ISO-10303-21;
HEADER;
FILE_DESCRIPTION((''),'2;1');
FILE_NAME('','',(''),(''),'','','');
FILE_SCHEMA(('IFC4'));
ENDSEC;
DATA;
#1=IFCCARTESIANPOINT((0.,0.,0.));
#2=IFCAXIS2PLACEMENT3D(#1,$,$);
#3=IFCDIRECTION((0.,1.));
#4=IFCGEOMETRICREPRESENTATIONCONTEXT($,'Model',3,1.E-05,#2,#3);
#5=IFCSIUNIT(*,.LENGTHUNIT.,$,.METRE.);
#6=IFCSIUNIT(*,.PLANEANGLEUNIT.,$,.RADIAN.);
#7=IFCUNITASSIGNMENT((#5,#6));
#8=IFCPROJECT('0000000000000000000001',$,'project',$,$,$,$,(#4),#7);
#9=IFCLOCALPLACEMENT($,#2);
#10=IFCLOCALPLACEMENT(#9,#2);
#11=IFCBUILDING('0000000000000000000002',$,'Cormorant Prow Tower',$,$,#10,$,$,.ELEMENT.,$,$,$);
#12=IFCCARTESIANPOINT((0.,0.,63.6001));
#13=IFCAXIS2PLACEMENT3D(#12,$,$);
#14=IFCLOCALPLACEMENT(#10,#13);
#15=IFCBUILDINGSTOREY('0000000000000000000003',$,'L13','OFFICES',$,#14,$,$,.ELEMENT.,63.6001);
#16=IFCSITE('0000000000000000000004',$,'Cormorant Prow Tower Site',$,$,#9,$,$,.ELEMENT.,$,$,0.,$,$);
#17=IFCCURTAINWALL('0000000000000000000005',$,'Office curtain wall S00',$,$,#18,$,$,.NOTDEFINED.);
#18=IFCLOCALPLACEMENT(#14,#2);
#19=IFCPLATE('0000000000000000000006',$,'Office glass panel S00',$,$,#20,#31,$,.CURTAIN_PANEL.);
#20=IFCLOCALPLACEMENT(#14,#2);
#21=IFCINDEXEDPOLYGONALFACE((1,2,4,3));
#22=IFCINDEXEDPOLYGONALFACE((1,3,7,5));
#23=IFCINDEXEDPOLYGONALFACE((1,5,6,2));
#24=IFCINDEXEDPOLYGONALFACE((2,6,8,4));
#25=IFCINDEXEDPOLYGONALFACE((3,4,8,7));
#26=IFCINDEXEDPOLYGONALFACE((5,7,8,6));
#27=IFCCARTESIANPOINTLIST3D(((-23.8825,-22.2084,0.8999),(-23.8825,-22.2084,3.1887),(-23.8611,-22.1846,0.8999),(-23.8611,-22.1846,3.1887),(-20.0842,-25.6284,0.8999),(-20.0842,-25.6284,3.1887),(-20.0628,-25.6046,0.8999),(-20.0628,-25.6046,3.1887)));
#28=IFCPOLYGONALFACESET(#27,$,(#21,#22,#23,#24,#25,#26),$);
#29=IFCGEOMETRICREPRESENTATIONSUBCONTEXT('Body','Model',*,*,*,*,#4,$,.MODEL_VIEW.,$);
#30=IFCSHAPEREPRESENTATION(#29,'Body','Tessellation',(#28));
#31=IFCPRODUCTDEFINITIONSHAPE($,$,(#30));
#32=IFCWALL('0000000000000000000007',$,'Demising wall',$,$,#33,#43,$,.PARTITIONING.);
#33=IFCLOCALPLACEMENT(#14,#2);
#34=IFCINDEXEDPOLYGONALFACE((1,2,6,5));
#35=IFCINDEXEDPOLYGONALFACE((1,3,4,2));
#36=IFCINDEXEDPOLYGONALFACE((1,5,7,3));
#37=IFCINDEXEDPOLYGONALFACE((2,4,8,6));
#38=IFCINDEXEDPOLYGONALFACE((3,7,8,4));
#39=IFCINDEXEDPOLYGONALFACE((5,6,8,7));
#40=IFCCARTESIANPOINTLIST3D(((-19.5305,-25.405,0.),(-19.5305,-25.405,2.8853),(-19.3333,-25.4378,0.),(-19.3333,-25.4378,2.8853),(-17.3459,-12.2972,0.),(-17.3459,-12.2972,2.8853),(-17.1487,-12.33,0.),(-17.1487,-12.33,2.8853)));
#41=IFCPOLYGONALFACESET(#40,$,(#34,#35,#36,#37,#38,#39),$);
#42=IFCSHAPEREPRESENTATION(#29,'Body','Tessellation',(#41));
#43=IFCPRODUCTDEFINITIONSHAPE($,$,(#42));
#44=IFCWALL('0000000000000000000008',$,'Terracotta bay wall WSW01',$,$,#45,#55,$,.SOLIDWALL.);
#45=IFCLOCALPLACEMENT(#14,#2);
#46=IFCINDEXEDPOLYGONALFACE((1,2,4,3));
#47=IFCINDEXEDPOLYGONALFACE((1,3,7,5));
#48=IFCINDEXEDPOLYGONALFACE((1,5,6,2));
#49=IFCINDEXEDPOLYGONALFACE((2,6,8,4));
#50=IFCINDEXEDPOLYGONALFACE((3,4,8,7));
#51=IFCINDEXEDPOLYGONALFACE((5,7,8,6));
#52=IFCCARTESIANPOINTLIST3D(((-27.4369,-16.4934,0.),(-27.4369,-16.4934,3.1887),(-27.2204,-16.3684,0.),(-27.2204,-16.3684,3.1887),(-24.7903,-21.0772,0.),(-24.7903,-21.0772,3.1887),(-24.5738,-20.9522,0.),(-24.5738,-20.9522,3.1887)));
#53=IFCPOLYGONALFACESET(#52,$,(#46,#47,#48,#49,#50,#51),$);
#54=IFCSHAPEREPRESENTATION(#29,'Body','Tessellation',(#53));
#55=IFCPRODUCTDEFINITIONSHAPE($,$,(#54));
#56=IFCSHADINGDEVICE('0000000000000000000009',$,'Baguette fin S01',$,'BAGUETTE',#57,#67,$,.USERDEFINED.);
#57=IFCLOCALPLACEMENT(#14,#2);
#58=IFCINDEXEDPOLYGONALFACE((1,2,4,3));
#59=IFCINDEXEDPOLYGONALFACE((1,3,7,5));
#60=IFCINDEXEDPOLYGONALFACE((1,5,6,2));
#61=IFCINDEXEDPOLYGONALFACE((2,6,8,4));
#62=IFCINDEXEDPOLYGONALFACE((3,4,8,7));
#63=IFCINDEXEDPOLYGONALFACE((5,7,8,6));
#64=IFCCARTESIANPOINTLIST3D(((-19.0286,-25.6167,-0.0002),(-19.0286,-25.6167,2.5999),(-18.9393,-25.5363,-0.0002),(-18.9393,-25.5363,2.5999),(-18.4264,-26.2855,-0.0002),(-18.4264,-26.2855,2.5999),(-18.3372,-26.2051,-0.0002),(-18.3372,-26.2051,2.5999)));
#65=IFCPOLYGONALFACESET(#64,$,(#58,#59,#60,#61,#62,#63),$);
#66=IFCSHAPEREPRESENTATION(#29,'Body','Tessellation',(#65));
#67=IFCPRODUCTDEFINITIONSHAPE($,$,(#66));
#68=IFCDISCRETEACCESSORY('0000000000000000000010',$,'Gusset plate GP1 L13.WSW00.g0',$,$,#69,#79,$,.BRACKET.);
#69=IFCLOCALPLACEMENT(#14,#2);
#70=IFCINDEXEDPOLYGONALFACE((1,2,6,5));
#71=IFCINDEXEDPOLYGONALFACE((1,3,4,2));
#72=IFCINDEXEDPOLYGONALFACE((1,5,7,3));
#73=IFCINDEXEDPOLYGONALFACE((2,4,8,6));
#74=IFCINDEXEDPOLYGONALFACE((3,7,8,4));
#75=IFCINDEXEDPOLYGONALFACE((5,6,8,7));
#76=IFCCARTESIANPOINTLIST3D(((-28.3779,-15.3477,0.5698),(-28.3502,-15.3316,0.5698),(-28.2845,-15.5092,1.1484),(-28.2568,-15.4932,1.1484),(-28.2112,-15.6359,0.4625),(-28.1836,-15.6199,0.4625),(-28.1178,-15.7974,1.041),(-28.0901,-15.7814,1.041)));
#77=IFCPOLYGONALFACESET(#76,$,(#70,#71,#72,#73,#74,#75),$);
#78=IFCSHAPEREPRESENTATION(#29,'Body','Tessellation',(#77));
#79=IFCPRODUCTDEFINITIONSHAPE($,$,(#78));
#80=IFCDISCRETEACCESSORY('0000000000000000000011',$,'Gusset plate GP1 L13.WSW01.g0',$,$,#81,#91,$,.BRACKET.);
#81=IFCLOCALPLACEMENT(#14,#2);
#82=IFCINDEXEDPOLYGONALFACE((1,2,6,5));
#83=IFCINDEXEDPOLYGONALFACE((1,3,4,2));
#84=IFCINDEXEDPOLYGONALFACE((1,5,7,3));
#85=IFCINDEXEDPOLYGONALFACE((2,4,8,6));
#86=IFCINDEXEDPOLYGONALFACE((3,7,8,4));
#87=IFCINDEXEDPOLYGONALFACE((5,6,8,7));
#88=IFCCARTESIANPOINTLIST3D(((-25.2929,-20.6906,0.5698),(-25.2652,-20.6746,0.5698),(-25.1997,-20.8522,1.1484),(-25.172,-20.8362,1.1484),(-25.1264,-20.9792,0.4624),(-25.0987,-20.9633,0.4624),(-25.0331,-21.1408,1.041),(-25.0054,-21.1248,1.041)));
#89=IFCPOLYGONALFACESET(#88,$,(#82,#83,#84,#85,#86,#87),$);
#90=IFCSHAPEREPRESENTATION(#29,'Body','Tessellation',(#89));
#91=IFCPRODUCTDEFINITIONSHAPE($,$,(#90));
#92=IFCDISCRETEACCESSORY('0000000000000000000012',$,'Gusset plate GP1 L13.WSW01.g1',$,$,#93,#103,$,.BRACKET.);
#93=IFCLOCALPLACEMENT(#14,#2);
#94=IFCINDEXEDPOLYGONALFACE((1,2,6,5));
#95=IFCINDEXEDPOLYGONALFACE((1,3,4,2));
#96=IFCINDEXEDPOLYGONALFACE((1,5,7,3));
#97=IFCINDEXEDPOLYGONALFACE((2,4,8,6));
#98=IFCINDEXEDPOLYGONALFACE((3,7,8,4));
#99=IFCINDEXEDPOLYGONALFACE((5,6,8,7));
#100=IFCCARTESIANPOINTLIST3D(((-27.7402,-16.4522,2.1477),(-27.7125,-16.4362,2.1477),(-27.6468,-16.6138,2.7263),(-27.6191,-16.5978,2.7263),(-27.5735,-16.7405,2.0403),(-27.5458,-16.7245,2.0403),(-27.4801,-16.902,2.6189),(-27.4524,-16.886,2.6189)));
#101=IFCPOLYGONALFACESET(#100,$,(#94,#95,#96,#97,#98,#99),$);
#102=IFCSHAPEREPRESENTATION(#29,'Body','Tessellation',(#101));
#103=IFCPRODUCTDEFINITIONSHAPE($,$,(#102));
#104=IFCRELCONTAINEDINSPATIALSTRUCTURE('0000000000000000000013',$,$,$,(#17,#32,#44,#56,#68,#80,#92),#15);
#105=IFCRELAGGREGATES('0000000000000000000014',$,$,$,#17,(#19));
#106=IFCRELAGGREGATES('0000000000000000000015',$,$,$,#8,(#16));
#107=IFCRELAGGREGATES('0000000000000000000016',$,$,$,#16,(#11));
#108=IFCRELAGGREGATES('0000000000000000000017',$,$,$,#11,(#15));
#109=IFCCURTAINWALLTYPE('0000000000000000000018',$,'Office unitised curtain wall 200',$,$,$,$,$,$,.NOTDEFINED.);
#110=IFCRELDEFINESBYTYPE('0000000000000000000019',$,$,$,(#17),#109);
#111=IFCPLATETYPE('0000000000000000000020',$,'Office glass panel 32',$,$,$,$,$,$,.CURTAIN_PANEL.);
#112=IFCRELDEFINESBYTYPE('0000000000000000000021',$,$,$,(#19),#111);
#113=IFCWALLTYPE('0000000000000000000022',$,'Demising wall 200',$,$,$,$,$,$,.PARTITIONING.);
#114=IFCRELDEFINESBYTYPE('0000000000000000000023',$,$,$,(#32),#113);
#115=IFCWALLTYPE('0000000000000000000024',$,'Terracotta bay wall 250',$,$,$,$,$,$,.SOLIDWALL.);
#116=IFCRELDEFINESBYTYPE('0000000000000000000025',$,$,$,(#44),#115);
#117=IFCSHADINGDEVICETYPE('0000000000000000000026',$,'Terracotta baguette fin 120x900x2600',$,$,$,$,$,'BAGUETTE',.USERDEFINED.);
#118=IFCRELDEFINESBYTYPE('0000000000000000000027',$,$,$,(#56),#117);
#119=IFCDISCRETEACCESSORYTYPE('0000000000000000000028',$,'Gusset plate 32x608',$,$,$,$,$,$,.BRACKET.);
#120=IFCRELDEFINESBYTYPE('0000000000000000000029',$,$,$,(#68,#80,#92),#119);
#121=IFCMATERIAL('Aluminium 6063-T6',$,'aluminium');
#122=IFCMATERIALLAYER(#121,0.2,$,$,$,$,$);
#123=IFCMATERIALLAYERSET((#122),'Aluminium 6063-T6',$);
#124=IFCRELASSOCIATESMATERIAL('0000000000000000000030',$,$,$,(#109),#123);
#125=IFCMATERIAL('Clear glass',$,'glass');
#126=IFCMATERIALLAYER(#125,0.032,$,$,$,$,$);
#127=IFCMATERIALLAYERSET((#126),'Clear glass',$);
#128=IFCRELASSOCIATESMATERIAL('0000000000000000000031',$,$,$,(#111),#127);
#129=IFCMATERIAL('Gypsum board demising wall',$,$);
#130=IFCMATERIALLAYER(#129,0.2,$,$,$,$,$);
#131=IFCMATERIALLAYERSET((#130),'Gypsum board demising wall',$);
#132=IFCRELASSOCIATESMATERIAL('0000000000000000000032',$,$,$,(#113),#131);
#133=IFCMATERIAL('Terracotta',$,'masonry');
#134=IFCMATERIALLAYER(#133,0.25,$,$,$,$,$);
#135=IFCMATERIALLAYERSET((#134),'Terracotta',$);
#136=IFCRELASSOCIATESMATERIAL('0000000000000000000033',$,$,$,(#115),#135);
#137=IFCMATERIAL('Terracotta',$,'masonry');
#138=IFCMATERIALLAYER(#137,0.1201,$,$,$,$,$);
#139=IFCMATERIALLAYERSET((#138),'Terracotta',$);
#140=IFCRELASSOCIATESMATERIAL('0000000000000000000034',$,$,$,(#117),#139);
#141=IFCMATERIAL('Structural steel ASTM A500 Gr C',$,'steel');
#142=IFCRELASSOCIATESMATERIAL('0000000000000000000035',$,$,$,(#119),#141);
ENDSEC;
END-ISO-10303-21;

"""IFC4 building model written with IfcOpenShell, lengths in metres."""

from ifc_helpers import new_model, si_unit, direction, frame, frame_2d, origin, origin_2d, place, context, subcontext, project, spatial, rectangle, extrude, material, layer, layer_set, material_profile, profile_set, type_object, element, aggregate, save


model = new_model("IFC4")

# Units and contexts
model_context = context("Model", 3, precision=1e-05, world=origin(), true_north=direction((0.0, 1.0)))
body_context = subcontext(model_context, "Body", "Model", "MODEL_VIEW")
ifc_project = project(units=[si_unit("LENGTHUNIT", "METRE"), si_unit("PLANEANGLEUNIT", "RADIAN")], contexts=[model_context])

# Site, building, storey
site_placement = place(None, origin())
site = spatial("IfcSite", under=ifc_project, at=site_placement, Name="Cormorant Prow Tower Site", CompositionType="ELEMENT", RefElevation=0.0)
building_placement = place(site_placement, origin())
building = spatial("IfcBuilding", under=site, at=building_placement, Name="Cormorant Prow Tower", CompositionType="ELEMENT")
storey_placement = place(building_placement, frame((0.0, 0.0, 63.6001)))
storey = spatial("IfcBuildingStorey", under=building, at=storey_placement, Name="L13", Description="OFFICES", CompositionType="ELEMENT", Elevation=63.6001)

# Curtain wall
ifc_material_1 = material(Name="Aluminium 6063-T6", Category="aluminium")
ifc_layer_1 = layer(ifc_material_1, 0.2)
ifc_layer_set_1 = layer_set([ifc_layer_1], Name="Aluminium 6063-T6")
curtain_wall_type = type_object("IfcCurtainWallType", Name="Office unitised curtain wall 200", PredefinedType="NOTDEFINED", material=ifc_layer_set_1)
curtain_wall_placement = place(storey_placement, origin())
curtain_wall = element("IfcCurtainWall", 1, at=curtain_wall_placement, inside=storey, type_object=curtain_wall_type, Name="Office curtain wall S00", PredefinedType="NOTDEFINED")

# Plate
ifc_material_2 = material(Name="Clear glass", Category="glass")
ifc_layer_2 = layer(ifc_material_2, 0.032)
ifc_layer_set_2 = layer_set([ifc_layer_2], Name="Clear glass")
plate_type = type_object("IfcPlateType", Name="Office glass panel 32", PredefinedType="CURTAIN_PANEL", material=ifc_layer_set_2)
plate_placement = place(storey_placement, frame((-21.9727, -23.9065, 0.8999), z_axis=(0.0, 0.0, 1.0), x_axis=(0.743145, -0.669131, 0.0)))
plate = element("IfcPlate", 2, at=plate_placement, type_object=plate_type, Name="Office glass panel S00", PredefinedType="CURTAIN_PANEL", context=body_context, shape_type="SweptSolid", body=[
    extrude(rectangle(XDim=5.1111, YDim=0.032, at=origin_2d()), origin(), (0.0, 0.0, 1.0), 2.2888),
])
aggregate(curtain_wall, [plate])

# Walls
ifc_material_3 = material(Name="Gypsum board demising wall")
ifc_layer_3 = layer(ifc_material_3, 0.2)
ifc_layer_set_3 = layer_set([ifc_layer_3], Name="Gypsum board demising wall")
wall_type_1 = type_object("IfcWallType", Name="Demising wall 200", PredefinedType="PARTITIONING", material=ifc_layer_set_3)
wall_1_placement = place(storey_placement, frame((-19.4319, -25.4214, 0.0), z_axis=(0.0, 0.0, 1.0), x_axis=(0.164396, 0.986394, 0.0)))
element("IfcWall", 3, at=wall_1_placement, inside=storey, type_object=wall_type_1, Name="Demising wall", PredefinedType="PARTITIONING", context=body_context, shape_type="SweptSolid", body=[
    extrude(rectangle(XDim=13.2886, YDim=0.2, at=frame_2d((6.6443, 0.0))), origin(), (0.0, 0.0, 1.0), 2.8853),
])
ifc_material_4 = material(Name="Terracotta", Category="masonry")
ifc_layer_4 = layer(ifc_material_4, 0.25)
ifc_layer_set_4 = layer_set([ifc_layer_4], Name="Terracotta")
wall_type_2 = type_object("IfcWallType", Name="Terracotta bay wall 250", PredefinedType="SOLIDWALL", material=ifc_layer_set_4)
wall_2_placement = place(storey_placement, frame((-27.3286, -16.4309, 0.0), z_axis=(0.0, 0.0, 1.0), x_axis=(0.500009, -0.86602, 0.0)))
element("IfcWall", 4, at=wall_2_placement, inside=storey, type_object=wall_type_2, Name="Terracotta bay wall WSW01", PredefinedType="SOLIDWALL", context=body_context, shape_type="SweptSolid", body=[
    extrude(rectangle(XDim=5.293, YDim=0.25, at=frame_2d((2.6465, 0.0))), origin(), (0.0, 0.0, 1.0), 3.1887),
])

# Shading device
ifc_material_5 = material(Name="Terracotta", Category="masonry")
ifc_layer_5 = layer(ifc_material_5, 0.1201)
ifc_layer_set_5 = layer_set([ifc_layer_5], Name="Terracotta")
shading_device_type = type_object("IfcShadingDeviceType", Name="Terracotta baguette fin 120x900x2600", ElementType="BAGUETTE", PredefinedType="USERDEFINED", material=ifc_layer_set_5)
shading_device_placement = place(storey_placement, frame((-18.6829, -25.9109, -0.0002), z_axis=(0.0, 0.0, 1.0), x_axis=(0.743145, 0.669131, 0.0)))
element("IfcShadingDevice", 5, at=shading_device_placement, inside=storey, type_object=shading_device_type, Name="Baguette fin S01", ObjectType="BAGUETTE", PredefinedType="USERDEFINED", context=body_context, shape_type="SweptSolid", body=[
    extrude(rectangle(XDim=0.1201, YDim=0.8999, at=origin_2d()), origin(), (0.0, 0.0, 1.0), 2.6001),
])

# Discrete accessories
ifc_material_6 = material(Name="Structural steel ASTM A500 Gr C", Category="steel")
ifc_material_profile_1 = material_profile(ifc_material_6, rectangle(XDim=0.032, YDim=0.6079, at=origin_2d()), Name="Gusset plate 32x608")
ifc_profile_set_1 = profile_set([ifc_material_profile_1], Name="Structural steel ASTM A500 Gr C")
discrete_accessory_type = type_object("IfcDiscreteAccessoryType", Name="Gusset plate 32x608", PredefinedType="BRACKET", material=ifc_profile_set_1)
discrete_accessory_1_placement = place(storey_placement, frame((-28.3174, -15.4204, 0.8591), z_axis=(0.476465, -0.823872, -0.306946), x_axis=(0.86566, 0.500632, 0.0)))
element("IfcDiscreteAccessory", 6, at=discrete_accessory_1_placement, inside=storey, type_object=discrete_accessory_type, Name="Gusset plate GP1 L13.WSW00.g0", PredefinedType="BRACKET", context=body_context, shape_type="SweptSolid", body=[
    extrude(rectangle(XDim=0.032, YDim=0.6079, at=origin_2d()), origin(), (0.0, 0.0, 1.0), 0.3499),
])
discrete_accessory_2_placement = place(storey_placement, frame((-25.2324, -20.7634, 0.8591), z_axis=(0.475652, -0.82437, -0.306872), x_axis=(0.866161, 0.499765, 0.0)))
element("IfcDiscreteAccessory", 7, at=discrete_accessory_2_placement, inside=storey, type_object=discrete_accessory_type, Name="Gusset plate GP1 L13.WSW01.g0", PredefinedType="BRACKET", context=body_context, shape_type="SweptSolid", body=[
    extrude(rectangle(XDim=0.032, YDim=0.6079, at=origin_2d()), origin(), (0.0, 0.0, 1.0), 0.3501),
])
discrete_accessory_3_placement = place(storey_placement, frame((-27.5129, -16.8132, 2.3296), z_axis=(-0.476465, 0.823872, 0.306946), x_axis=(-0.86566, -0.500632, 0.0)))
element("IfcDiscreteAccessory", 8, at=discrete_accessory_3_placement, inside=storey, type_object=discrete_accessory_type, Name="Gusset plate GP1 L13.WSW01.g1", PredefinedType="BRACKET", context=body_context, shape_type="SweptSolid", body=[
    extrude(rectangle(XDim=0.032, YDim=0.6079, at=origin_2d()), origin(), (0.0, 0.0, 1.0), 0.3499),
])

save(model, "model.ifc")
